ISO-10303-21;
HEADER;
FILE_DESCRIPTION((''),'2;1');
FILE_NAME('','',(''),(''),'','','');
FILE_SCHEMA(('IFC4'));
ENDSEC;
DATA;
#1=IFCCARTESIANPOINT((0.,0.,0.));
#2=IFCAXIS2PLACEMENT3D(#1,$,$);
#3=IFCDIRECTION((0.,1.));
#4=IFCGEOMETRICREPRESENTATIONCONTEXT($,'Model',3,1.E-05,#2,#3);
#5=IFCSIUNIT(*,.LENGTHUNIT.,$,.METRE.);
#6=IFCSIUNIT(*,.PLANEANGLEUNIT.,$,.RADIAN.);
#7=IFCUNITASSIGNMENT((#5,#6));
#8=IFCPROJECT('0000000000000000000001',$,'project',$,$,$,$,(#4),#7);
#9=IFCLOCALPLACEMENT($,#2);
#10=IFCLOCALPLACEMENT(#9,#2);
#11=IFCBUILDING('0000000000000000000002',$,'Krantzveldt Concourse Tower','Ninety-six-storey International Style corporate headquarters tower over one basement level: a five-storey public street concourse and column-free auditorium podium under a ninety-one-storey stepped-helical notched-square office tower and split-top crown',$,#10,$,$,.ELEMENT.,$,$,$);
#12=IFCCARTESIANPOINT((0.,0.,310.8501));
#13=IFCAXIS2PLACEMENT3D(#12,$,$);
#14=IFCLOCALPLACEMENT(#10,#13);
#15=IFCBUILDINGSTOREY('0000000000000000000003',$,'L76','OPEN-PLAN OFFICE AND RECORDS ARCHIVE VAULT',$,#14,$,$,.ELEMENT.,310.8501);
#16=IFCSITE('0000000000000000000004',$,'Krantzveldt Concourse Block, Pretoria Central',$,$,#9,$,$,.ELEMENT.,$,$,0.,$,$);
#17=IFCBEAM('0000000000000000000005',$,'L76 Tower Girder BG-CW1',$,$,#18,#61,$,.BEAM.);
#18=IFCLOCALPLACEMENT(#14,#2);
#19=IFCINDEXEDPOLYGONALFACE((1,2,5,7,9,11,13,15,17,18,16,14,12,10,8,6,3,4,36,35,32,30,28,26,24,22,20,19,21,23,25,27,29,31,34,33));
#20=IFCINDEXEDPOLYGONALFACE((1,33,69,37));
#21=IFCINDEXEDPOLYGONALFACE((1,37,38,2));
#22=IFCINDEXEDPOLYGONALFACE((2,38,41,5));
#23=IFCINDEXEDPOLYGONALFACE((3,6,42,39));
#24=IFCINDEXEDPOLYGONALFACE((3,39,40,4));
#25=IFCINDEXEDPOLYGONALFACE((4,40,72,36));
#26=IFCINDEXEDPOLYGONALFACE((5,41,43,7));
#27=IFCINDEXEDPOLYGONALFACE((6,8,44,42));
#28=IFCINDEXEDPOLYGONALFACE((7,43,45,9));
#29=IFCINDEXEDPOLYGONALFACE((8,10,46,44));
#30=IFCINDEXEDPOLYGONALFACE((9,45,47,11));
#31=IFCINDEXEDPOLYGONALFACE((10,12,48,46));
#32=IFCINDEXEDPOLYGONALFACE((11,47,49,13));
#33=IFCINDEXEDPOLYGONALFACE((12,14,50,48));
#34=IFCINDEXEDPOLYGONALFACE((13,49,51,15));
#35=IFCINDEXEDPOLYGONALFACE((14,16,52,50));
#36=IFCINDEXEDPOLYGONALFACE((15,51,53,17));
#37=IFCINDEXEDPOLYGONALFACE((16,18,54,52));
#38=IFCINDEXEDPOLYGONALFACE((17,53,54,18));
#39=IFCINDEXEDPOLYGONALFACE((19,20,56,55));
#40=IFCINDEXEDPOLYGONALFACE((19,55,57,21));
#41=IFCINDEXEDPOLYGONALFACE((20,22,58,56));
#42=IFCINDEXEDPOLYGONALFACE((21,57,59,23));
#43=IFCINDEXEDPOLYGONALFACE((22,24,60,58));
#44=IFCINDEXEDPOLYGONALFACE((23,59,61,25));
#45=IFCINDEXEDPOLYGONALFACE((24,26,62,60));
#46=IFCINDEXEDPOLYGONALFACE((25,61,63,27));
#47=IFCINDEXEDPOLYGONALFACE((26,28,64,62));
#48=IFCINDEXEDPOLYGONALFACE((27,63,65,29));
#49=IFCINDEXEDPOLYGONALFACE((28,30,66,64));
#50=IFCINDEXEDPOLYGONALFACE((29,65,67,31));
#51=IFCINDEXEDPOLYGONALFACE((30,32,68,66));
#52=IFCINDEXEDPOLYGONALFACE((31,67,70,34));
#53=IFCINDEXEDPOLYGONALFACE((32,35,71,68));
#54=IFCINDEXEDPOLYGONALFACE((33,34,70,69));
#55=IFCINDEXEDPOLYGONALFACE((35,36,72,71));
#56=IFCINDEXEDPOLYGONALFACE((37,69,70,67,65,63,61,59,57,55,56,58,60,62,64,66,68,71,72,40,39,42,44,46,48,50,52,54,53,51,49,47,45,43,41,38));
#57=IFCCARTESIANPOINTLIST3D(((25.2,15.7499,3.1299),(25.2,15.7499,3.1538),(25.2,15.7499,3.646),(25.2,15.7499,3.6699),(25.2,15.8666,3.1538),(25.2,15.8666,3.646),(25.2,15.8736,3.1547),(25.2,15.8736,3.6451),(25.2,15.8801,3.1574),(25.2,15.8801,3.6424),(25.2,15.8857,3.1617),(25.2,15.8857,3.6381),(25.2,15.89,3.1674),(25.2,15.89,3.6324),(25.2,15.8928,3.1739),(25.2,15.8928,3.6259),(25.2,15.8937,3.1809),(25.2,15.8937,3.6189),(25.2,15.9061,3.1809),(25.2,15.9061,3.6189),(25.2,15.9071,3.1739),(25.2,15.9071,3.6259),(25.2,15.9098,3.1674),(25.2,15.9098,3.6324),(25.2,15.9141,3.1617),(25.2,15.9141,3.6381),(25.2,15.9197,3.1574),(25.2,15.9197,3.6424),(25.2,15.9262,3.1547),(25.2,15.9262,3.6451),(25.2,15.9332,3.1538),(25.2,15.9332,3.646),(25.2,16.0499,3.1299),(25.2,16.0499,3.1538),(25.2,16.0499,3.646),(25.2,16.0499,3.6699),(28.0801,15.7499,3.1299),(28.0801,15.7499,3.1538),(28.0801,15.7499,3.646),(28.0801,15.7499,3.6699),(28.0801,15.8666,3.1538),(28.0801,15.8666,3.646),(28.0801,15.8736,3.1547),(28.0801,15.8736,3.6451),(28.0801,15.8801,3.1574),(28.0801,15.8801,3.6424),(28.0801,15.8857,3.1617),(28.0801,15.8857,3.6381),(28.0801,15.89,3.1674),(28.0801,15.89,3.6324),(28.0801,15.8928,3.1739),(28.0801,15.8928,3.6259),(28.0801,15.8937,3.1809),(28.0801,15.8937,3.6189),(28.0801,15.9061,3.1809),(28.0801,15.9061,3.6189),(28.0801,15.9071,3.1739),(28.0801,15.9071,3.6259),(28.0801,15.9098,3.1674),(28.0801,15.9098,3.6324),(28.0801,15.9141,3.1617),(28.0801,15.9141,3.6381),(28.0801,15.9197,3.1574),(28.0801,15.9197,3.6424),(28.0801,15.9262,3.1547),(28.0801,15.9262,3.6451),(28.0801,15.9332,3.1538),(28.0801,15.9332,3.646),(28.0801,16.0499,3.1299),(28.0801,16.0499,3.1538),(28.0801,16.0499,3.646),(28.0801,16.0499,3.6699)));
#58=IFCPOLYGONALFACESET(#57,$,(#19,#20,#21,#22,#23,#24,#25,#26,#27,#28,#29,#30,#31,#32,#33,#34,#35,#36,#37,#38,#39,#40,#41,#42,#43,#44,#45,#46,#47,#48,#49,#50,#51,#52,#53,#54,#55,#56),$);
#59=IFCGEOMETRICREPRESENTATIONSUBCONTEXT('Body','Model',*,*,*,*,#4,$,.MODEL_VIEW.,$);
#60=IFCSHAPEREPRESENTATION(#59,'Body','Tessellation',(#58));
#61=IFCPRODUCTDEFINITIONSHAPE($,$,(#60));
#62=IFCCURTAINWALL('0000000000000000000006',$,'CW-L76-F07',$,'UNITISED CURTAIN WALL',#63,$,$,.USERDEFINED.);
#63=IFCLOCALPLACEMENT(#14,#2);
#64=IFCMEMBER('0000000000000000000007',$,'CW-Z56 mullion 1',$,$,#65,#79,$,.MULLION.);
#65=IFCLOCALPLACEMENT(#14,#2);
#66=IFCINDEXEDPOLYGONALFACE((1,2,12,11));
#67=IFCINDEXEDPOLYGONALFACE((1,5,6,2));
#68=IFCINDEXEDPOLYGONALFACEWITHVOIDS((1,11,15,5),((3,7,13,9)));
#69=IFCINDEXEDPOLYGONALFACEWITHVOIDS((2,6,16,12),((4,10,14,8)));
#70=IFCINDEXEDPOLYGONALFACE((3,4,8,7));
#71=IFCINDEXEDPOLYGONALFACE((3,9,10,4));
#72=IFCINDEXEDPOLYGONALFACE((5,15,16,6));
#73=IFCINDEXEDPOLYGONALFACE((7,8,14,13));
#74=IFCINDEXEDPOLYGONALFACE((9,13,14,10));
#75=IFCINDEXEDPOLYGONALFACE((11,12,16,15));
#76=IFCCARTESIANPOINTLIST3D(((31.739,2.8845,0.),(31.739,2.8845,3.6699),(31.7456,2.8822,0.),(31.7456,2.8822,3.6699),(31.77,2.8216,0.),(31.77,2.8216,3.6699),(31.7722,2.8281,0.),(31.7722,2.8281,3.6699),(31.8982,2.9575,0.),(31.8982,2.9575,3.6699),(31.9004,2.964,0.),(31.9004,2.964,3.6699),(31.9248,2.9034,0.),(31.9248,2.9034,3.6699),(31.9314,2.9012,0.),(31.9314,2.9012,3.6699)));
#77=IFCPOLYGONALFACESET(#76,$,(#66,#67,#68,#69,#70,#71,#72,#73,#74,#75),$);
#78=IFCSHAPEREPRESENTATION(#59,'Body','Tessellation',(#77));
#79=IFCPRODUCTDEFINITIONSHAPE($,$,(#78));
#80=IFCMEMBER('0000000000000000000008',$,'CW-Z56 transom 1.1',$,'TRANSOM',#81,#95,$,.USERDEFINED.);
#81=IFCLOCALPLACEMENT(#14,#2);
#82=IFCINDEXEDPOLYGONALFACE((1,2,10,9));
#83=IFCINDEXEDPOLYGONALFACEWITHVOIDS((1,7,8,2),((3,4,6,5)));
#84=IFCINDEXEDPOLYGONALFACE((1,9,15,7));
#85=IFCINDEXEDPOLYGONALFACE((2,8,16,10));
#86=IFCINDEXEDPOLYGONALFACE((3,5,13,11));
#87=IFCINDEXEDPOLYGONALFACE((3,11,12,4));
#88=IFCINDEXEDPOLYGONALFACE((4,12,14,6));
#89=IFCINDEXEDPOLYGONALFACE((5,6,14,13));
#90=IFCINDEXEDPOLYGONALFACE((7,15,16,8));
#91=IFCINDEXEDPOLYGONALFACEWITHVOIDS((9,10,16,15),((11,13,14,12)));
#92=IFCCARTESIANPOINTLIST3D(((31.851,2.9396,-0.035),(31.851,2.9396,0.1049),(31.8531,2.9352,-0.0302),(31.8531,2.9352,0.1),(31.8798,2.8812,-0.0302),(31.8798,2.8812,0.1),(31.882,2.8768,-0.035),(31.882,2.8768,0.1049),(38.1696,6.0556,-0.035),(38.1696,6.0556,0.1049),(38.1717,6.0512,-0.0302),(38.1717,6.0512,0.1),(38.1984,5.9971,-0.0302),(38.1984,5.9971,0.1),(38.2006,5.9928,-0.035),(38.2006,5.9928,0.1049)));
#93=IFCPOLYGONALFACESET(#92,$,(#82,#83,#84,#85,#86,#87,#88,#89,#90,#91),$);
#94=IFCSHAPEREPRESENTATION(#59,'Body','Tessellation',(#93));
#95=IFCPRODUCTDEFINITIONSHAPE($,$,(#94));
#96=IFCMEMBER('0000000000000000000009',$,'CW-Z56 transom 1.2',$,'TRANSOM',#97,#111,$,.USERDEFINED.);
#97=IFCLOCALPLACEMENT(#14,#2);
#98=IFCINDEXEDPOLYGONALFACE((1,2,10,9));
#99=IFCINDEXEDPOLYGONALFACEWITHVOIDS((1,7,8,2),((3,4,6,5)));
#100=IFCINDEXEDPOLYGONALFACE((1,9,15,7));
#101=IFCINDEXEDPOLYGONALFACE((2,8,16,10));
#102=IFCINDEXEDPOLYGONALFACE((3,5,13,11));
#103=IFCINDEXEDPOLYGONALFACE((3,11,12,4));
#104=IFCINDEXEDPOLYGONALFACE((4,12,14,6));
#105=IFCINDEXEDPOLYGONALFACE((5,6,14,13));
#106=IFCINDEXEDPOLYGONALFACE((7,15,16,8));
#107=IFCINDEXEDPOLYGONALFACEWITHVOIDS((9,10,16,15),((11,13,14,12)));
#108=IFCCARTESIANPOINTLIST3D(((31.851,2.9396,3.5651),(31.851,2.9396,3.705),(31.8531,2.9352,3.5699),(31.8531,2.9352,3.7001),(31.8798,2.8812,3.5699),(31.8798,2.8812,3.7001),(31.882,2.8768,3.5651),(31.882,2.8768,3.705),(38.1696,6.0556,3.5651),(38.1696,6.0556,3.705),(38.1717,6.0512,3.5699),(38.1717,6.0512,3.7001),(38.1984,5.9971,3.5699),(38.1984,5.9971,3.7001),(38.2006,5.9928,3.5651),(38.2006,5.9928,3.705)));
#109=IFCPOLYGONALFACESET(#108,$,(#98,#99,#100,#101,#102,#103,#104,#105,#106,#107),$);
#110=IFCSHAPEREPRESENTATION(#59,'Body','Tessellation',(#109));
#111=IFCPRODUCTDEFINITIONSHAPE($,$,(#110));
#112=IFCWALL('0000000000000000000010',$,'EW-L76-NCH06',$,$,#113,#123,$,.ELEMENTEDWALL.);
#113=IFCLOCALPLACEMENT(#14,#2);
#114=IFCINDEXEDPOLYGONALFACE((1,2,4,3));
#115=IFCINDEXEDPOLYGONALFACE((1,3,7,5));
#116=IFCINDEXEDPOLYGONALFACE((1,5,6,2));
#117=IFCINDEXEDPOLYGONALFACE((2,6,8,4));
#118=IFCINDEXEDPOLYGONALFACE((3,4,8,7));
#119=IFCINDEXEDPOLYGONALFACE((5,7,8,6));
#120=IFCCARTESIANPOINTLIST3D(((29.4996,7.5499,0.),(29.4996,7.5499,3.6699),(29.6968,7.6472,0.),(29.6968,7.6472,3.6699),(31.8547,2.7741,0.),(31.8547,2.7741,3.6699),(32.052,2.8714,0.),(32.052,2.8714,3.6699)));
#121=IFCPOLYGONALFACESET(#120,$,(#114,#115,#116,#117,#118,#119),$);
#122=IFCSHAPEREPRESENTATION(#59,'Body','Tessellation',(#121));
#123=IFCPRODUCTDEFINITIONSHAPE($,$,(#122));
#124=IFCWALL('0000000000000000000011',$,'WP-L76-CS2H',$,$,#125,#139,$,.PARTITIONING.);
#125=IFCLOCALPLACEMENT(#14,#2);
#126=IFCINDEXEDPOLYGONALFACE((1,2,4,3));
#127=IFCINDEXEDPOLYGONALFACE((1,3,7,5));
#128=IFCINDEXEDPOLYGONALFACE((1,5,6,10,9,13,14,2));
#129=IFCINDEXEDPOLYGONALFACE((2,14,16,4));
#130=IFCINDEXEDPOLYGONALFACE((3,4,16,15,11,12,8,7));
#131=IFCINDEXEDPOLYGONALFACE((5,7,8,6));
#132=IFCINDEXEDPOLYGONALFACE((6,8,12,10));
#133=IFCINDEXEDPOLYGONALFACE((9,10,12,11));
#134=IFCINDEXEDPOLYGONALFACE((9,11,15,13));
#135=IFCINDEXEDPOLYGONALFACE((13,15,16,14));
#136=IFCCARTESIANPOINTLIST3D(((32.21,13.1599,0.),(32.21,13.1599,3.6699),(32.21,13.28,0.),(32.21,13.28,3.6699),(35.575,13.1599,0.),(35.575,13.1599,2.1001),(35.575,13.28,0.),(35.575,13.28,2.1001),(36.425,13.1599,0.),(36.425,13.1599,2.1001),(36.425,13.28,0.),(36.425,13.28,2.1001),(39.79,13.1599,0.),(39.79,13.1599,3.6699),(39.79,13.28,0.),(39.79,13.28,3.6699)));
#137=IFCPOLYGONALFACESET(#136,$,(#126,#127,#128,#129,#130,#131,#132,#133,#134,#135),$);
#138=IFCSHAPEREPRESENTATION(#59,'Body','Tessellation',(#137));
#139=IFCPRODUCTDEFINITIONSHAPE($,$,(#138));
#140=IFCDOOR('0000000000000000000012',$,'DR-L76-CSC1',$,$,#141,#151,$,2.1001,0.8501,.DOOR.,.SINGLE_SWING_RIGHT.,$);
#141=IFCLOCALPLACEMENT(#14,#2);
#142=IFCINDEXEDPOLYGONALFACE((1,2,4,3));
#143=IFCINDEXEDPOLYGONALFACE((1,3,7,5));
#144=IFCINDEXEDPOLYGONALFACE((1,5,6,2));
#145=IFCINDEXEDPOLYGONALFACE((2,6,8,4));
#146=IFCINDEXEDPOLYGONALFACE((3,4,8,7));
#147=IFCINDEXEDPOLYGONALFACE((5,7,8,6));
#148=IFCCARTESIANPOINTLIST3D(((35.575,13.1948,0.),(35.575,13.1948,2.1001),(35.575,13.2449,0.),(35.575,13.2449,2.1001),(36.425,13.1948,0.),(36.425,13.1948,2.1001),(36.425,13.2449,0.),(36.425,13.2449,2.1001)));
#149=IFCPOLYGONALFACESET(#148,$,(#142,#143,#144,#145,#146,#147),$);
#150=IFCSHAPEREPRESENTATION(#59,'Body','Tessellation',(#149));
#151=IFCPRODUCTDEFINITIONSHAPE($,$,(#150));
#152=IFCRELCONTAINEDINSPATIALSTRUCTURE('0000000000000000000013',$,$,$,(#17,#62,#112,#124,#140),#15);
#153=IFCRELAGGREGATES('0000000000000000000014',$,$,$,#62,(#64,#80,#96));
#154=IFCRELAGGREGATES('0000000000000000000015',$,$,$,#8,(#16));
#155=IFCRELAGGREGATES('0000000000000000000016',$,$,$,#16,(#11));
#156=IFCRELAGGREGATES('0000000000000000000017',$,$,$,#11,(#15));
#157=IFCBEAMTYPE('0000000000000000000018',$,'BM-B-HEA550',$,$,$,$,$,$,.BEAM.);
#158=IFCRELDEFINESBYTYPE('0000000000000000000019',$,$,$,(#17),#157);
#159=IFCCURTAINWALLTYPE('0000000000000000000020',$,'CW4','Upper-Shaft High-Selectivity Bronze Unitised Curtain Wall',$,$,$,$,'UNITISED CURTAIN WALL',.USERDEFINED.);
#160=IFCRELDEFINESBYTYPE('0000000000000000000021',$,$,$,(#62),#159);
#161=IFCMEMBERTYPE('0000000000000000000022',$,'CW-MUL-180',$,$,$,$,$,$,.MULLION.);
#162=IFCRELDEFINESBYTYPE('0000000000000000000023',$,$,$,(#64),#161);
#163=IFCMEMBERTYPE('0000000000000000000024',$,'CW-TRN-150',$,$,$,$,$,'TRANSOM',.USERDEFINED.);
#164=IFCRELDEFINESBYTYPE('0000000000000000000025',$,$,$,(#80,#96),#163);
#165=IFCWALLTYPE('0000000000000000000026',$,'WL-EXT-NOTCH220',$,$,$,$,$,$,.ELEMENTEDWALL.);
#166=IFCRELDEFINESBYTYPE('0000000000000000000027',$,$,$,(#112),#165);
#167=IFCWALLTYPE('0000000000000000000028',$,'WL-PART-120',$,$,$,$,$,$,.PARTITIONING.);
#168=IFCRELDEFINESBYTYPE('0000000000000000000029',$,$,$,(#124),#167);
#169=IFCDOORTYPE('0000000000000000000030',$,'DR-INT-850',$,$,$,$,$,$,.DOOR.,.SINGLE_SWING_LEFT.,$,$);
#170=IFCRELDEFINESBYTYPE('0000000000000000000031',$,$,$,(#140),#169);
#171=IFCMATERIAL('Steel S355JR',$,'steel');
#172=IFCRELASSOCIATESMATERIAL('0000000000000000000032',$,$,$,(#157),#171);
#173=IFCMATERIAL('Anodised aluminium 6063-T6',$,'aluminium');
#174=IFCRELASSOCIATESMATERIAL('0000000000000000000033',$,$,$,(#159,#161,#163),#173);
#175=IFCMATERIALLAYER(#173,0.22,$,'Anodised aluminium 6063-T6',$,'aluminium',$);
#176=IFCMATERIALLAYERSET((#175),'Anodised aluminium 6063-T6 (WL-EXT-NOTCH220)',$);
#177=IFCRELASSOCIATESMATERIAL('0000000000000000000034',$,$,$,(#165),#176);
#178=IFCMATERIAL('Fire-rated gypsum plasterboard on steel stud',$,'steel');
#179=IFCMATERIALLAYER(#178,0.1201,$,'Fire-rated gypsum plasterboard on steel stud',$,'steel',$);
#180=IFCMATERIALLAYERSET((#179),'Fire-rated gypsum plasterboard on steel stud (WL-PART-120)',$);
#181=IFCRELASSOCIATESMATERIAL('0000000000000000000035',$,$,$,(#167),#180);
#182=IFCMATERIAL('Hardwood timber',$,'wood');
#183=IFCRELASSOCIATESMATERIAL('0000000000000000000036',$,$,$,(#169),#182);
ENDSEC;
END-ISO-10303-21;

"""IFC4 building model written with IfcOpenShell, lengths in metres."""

from ifc_helpers import new_model, si_unit, direction, frame, frame_2d, origin, origin_2d, place, context, subcontext, project, spatial, rectangle, hollow_rectangle, i_section, extrude, source, transform, mapped, material, layer, layer_set, material_profile, profile_set, type_object, type_shapes, element, fill, aggregate, save


model = new_model("IFC4")

# Units and contexts
model_context = context("Model", 3, precision=1e-05, world=origin(), true_north=direction((0.0, 1.0)))
body_context = subcontext(model_context, "Body", "Model", "MODEL_VIEW")
ifc_project = project(units=[si_unit("LENGTHUNIT", "METRE"), si_unit("PLANEANGLEUNIT", "RADIAN")], contexts=[model_context])

# Site, building, storey
site_placement = place(None, origin())
site = spatial("IfcSite", under=ifc_project, at=site_placement, Name="Krantzveldt Concourse Block, Pretoria Central", CompositionType="ELEMENT", RefElevation=0.0)
building_placement = place(site_placement, origin())
building = spatial("IfcBuilding", under=site, at=building_placement, Name="Krantzveldt Concourse Tower", Description="Ninety-six-storey International Style corporate headquarters tower over one basement level: a five-storey public street concourse and column-free auditorium podium under a ninety-one-storey stepped-helical notched-square office tower and split-top crown", CompositionType="ELEMENT")
storey_placement = place(building_placement, frame((0.0, 0.0, 310.8501)))
storey = spatial("IfcBuildingStorey", under=building, at=storey_placement, Name="L76", Description="OPEN-PLAN OFFICE AND RECORDS ARCHIVE VAULT", CompositionType="ELEMENT", Elevation=310.8501)

# Beam
ifc_material_1 = material(Name="Steel S355JR", Category="steel")
ifc_material_profile_1 = material_profile(ifc_material_1, i_section(OverallWidth=0.3, OverallDepth=0.54, WebThickness=0.0125, FlangeThickness=0.0239, FilletRadius=0.0271, at=origin_2d()), Name="Steel S355JR", Category="steel")
ifc_profile_set_1 = profile_set([ifc_material_profile_1], Name="Steel S355JR - HEA 550")
beam_type = type_object("IfcBeamType", Name="BM-B-HEA550", PredefinedType="BEAM", material=ifc_profile_set_1)
shared_shape_1 = source(origin(), body_context, "Body", "SweptSolid", [
    extrude(i_section(OverallWidth=0.3, OverallDepth=0.54, WebThickness=0.0125, FlangeThickness=0.0239, FilletRadius=0.0271, at=origin_2d()), origin(), (0.0, 0.0, 1.0), 2.8801),
])
type_shapes(beam_type, [shared_shape_1])
beam_placement = place(storey_placement, frame((25.2, 15.8999, 3.3999), z_axis=(1.0, 0.0, 0.0), x_axis=(0.0, 1.0, 0.0)))
element("IfcBeam", 1, at=beam_placement, inside=storey, type_object=beam_type, Name="L76 Tower Girder BG-CW1", PredefinedType="BEAM", context=body_context, shape_type="MappedRepresentation", body=[
    mapped(shared_shape_1, transform((0.0, 0.0, 0.0), x_axis=(1.0, 0.0, 0.0), y_axis=(0.0, 1.0, 0.0), z_axis=(0.0, 0.0, 1.0), scale=1.0)),
])

# Curtain wall, members
ifc_material_2 = material(Name="Anodised aluminium 6063-T6", Category="aluminium")
curtain_wall_type = type_object("IfcCurtainWallType", Name="CW4", Description="Upper-Shaft High-Selectivity Bronze Unitised Curtain Wall", ElementType="UNITISED CURTAIN WALL", PredefinedType="USERDEFINED", material=ifc_material_2)
curtain_wall_placement = place(storey_placement, origin())
curtain_wall = element("IfcCurtainWall", 2, at=curtain_wall_placement, inside=storey, type_object=curtain_wall_type, Name="CW-L76-F07", ObjectType="UNITISED CURTAIN WALL", PredefinedType="USERDEFINED")
ifc_material_profile_2 = material_profile(ifc_material_2, hollow_rectangle(XDim=0.0701, YDim=0.1799, WallThickness=0.0049, at=origin_2d()), Name="Anodised aluminium 6063-T6", Category="aluminium")
ifc_profile_set_2 = profile_set([ifc_material_profile_2], Name="Anodised aluminium 6063-T6 - ALU-MULL 180x70x5")
member_type_1 = type_object("IfcMemberType", Name="CW-MUL-180", PredefinedType="MULLION", material=ifc_profile_set_2)
shared_shape_2 = source(origin(), body_context, "Body", "SweptSolid", [
    extrude(hollow_rectangle(XDim=0.0701, YDim=0.1799, WallThickness=0.0049, at=origin_2d()), origin(), (0.0, 0.0, 1.0), 3.6699),
])
type_shapes(member_type_1, [shared_shape_2])
member_1_placement = place(storey_placement, frame((31.8352, 2.8928, 0.0), z_axis=(0.0, 0.0, 1.0), x_axis=(-0.442289, 0.896873, 0.0)))
member_1 = element("IfcMember", 3, at=member_1_placement, type_object=member_type_1, Name="CW-Z56 mullion 1", PredefinedType="MULLION", context=body_context, shape_type="MappedRepresentation", body=[
    mapped(shared_shape_2, transform((0.0, 0.0, 0.0), x_axis=(1.0, 0.0, 0.0), y_axis=(0.0, 1.0, 0.0), z_axis=(0.0, 0.0, 1.0), scale=1.0)),
])
ifc_material_profile_3 = material_profile(ifc_material_2, hollow_rectangle(XDim=0.0701, YDim=0.1399, WallThickness=0.0049, at=origin_2d()), Name="Anodised aluminium 6063-T6", Category="aluminium")
ifc_profile_set_3 = profile_set([ifc_material_profile_3], Name="Anodised aluminium 6063-T6 - ALU-TRAN 140x70x5")
member_type_2 = type_object("IfcMemberType", Name="CW-TRN-150", ElementType="TRANSOM", PredefinedType="USERDEFINED", material=ifc_profile_set_3)
shared_shape_3 = source(origin(), body_context, "Body", "SweptSolid", [
    extrude(hollow_rectangle(XDim=0.0701, YDim=0.1399, WallThickness=0.0049, at=origin_2d()), origin(), (0.0, 0.0, 1.0), 7.0452),
])
type_shapes(member_type_2, [shared_shape_3])
member_2_placement = place(storey_placement, frame((31.8665, 2.9082, 0.0349), z_axis=(0.896874, 0.442286, 0.0), x_axis=(-0.442286, 0.896874, 0.0)))
member_2 = element("IfcMember", 4, at=member_2_placement, type_object=member_type_2, Name="CW-Z56 transom 1.1", ObjectType="TRANSOM", PredefinedType="USERDEFINED", context=body_context, shape_type="MappedRepresentation", body=[
    mapped(shared_shape_3, transform((0.0, 0.0, 0.0), x_axis=(1.0, 0.0, 0.0), y_axis=(0.0, 1.0, 0.0), z_axis=(0.0, 0.0, 1.0), scale=1.0)),
])
member_3_placement = place(storey_placement, frame((31.8665, 2.9082, 3.635), z_axis=(0.896874, 0.442286, 0.0), x_axis=(-0.442286, 0.896874, 0.0)))
member_3 = element("IfcMember", 5, at=member_3_placement, type_object=member_type_2, Name="CW-Z56 transom 1.2", ObjectType="TRANSOM", PredefinedType="USERDEFINED", context=body_context, shape_type="MappedRepresentation", body=[
    mapped(shared_shape_3, transform((0.0, 0.0, 0.0), x_axis=(1.0, 0.0, 0.0), y_axis=(0.0, 1.0, 0.0), z_axis=(0.0, 0.0, 1.0), scale=1.0)),
])
aggregate(curtain_wall, [member_1, member_2, member_3])

# Wall
ifc_layer_1 = layer(ifc_material_2, 0.22, Name="Anodised aluminium 6063-T6", Category="aluminium")
ifc_layer_set_1 = layer_set([ifc_layer_1], Name="Anodised aluminium 6063-T6 (WL-EXT-NOTCH220)")
wall_type_1 = type_object("IfcWallType", Name="WL-EXT-NOTCH220", PredefinedType="ELEMENTEDWALL", material=ifc_layer_set_1)
wall_1_placement = place(storey_placement, frame((29.5981, 7.5986, 0.0), z_axis=(0.0, 0.0, 1.0), x_axis=(0.442292, -0.896871, 0.0)))
element("IfcWall", 6, at=wall_1_placement, inside=storey, type_object=wall_type_1, Name="EW-L76-NCH06", PredefinedType="ELEMENTEDWALL", context=body_context, shape_type="SweptSolid", body=[
    extrude(rectangle(XDim=5.325, YDim=0.22, at=frame_2d((2.6626, 0.0))), origin(), (0.0, 0.0, 1.0), 3.6699),
])

# Wall, opening, door
ifc_material_3 = material(Name="Fire-rated gypsum plasterboard on steel stud", Category="steel")
ifc_layer_2 = layer(ifc_material_3, 0.1201, Name="Fire-rated gypsum plasterboard on steel stud", Category="steel")
ifc_layer_set_2 = layer_set([ifc_layer_2], Name="Fire-rated gypsum plasterboard on steel stud (WL-PART-120)")
wall_type_2 = type_object("IfcWallType", Name="WL-PART-120", PredefinedType="PARTITIONING", material=ifc_layer_set_2)
wall_2_placement = place(storey_placement, frame((32.21, 13.22, 0.0), z_axis=(0.0, 0.0, 1.0), x_axis=(1.0, 0.0, 0.0)))
wall_2 = element("IfcWall", 7, at=wall_2_placement, inside=storey, type_object=wall_type_2, Name="WP-L76-CS2H", PredefinedType="PARTITIONING", context=body_context, shape_type="SweptSolid", body=[
    extrude(rectangle(XDim=7.5801, YDim=0.1201, at=frame_2d((3.79, 0.0))), origin(), (0.0, 0.0, 1.0), 3.6699),
])
opening_1_placement = place(wall_2_placement, frame((3.365, 0.0, 0.0)))
opening_1 = element("IfcOpeningElement", 8, at=opening_1_placement, cuts=wall_2, PredefinedType="OPENING", context=body_context, shape_type="SweptSolid", body=[
    extrude(rectangle(XDim=0.8501, YDim=2.1001, at=frame_2d((0.425, 1.05))), frame((0.0, 0.0701, 0.0), z_axis=(0.0, -1.0, 0.0), x_axis=(1.0, 0.0, 0.0)), (0.0, 0.0, 1.0), 0.1401),
])
ifc_material_4 = material(Name="Hardwood timber", Category="wood")
door_type_1 = type_object("IfcDoorType", Name="DR-INT-850", OperationType="SINGLE_SWING_LEFT", PredefinedType="DOOR", material=ifc_material_4)
door_1_placement = place(opening_1_placement, origin())
door_1 = element("IfcDoor", 9, at=door_1_placement, inside=storey, type_object=door_type_1, Name="DR-L76-CSC1", OperationType="SINGLE_SWING_RIGHT", OverallHeight=2.1001, OverallWidth=0.8501, PredefinedType="DOOR", context=body_context, shape_type="SweptSolid", body=[
    extrude(rectangle(XDim=0.8501, YDim=2.1001, at=frame_2d((0.425, 1.05))), frame((0.0, 0.0249, 0.0), z_axis=(0.0, -1.0, 0.0), x_axis=(1.0, 0.0, 0.0)), (0.0, 0.0, 1.0), 0.05),
])
fill(opening_1, door_1)

save(model, "model.ifc")
